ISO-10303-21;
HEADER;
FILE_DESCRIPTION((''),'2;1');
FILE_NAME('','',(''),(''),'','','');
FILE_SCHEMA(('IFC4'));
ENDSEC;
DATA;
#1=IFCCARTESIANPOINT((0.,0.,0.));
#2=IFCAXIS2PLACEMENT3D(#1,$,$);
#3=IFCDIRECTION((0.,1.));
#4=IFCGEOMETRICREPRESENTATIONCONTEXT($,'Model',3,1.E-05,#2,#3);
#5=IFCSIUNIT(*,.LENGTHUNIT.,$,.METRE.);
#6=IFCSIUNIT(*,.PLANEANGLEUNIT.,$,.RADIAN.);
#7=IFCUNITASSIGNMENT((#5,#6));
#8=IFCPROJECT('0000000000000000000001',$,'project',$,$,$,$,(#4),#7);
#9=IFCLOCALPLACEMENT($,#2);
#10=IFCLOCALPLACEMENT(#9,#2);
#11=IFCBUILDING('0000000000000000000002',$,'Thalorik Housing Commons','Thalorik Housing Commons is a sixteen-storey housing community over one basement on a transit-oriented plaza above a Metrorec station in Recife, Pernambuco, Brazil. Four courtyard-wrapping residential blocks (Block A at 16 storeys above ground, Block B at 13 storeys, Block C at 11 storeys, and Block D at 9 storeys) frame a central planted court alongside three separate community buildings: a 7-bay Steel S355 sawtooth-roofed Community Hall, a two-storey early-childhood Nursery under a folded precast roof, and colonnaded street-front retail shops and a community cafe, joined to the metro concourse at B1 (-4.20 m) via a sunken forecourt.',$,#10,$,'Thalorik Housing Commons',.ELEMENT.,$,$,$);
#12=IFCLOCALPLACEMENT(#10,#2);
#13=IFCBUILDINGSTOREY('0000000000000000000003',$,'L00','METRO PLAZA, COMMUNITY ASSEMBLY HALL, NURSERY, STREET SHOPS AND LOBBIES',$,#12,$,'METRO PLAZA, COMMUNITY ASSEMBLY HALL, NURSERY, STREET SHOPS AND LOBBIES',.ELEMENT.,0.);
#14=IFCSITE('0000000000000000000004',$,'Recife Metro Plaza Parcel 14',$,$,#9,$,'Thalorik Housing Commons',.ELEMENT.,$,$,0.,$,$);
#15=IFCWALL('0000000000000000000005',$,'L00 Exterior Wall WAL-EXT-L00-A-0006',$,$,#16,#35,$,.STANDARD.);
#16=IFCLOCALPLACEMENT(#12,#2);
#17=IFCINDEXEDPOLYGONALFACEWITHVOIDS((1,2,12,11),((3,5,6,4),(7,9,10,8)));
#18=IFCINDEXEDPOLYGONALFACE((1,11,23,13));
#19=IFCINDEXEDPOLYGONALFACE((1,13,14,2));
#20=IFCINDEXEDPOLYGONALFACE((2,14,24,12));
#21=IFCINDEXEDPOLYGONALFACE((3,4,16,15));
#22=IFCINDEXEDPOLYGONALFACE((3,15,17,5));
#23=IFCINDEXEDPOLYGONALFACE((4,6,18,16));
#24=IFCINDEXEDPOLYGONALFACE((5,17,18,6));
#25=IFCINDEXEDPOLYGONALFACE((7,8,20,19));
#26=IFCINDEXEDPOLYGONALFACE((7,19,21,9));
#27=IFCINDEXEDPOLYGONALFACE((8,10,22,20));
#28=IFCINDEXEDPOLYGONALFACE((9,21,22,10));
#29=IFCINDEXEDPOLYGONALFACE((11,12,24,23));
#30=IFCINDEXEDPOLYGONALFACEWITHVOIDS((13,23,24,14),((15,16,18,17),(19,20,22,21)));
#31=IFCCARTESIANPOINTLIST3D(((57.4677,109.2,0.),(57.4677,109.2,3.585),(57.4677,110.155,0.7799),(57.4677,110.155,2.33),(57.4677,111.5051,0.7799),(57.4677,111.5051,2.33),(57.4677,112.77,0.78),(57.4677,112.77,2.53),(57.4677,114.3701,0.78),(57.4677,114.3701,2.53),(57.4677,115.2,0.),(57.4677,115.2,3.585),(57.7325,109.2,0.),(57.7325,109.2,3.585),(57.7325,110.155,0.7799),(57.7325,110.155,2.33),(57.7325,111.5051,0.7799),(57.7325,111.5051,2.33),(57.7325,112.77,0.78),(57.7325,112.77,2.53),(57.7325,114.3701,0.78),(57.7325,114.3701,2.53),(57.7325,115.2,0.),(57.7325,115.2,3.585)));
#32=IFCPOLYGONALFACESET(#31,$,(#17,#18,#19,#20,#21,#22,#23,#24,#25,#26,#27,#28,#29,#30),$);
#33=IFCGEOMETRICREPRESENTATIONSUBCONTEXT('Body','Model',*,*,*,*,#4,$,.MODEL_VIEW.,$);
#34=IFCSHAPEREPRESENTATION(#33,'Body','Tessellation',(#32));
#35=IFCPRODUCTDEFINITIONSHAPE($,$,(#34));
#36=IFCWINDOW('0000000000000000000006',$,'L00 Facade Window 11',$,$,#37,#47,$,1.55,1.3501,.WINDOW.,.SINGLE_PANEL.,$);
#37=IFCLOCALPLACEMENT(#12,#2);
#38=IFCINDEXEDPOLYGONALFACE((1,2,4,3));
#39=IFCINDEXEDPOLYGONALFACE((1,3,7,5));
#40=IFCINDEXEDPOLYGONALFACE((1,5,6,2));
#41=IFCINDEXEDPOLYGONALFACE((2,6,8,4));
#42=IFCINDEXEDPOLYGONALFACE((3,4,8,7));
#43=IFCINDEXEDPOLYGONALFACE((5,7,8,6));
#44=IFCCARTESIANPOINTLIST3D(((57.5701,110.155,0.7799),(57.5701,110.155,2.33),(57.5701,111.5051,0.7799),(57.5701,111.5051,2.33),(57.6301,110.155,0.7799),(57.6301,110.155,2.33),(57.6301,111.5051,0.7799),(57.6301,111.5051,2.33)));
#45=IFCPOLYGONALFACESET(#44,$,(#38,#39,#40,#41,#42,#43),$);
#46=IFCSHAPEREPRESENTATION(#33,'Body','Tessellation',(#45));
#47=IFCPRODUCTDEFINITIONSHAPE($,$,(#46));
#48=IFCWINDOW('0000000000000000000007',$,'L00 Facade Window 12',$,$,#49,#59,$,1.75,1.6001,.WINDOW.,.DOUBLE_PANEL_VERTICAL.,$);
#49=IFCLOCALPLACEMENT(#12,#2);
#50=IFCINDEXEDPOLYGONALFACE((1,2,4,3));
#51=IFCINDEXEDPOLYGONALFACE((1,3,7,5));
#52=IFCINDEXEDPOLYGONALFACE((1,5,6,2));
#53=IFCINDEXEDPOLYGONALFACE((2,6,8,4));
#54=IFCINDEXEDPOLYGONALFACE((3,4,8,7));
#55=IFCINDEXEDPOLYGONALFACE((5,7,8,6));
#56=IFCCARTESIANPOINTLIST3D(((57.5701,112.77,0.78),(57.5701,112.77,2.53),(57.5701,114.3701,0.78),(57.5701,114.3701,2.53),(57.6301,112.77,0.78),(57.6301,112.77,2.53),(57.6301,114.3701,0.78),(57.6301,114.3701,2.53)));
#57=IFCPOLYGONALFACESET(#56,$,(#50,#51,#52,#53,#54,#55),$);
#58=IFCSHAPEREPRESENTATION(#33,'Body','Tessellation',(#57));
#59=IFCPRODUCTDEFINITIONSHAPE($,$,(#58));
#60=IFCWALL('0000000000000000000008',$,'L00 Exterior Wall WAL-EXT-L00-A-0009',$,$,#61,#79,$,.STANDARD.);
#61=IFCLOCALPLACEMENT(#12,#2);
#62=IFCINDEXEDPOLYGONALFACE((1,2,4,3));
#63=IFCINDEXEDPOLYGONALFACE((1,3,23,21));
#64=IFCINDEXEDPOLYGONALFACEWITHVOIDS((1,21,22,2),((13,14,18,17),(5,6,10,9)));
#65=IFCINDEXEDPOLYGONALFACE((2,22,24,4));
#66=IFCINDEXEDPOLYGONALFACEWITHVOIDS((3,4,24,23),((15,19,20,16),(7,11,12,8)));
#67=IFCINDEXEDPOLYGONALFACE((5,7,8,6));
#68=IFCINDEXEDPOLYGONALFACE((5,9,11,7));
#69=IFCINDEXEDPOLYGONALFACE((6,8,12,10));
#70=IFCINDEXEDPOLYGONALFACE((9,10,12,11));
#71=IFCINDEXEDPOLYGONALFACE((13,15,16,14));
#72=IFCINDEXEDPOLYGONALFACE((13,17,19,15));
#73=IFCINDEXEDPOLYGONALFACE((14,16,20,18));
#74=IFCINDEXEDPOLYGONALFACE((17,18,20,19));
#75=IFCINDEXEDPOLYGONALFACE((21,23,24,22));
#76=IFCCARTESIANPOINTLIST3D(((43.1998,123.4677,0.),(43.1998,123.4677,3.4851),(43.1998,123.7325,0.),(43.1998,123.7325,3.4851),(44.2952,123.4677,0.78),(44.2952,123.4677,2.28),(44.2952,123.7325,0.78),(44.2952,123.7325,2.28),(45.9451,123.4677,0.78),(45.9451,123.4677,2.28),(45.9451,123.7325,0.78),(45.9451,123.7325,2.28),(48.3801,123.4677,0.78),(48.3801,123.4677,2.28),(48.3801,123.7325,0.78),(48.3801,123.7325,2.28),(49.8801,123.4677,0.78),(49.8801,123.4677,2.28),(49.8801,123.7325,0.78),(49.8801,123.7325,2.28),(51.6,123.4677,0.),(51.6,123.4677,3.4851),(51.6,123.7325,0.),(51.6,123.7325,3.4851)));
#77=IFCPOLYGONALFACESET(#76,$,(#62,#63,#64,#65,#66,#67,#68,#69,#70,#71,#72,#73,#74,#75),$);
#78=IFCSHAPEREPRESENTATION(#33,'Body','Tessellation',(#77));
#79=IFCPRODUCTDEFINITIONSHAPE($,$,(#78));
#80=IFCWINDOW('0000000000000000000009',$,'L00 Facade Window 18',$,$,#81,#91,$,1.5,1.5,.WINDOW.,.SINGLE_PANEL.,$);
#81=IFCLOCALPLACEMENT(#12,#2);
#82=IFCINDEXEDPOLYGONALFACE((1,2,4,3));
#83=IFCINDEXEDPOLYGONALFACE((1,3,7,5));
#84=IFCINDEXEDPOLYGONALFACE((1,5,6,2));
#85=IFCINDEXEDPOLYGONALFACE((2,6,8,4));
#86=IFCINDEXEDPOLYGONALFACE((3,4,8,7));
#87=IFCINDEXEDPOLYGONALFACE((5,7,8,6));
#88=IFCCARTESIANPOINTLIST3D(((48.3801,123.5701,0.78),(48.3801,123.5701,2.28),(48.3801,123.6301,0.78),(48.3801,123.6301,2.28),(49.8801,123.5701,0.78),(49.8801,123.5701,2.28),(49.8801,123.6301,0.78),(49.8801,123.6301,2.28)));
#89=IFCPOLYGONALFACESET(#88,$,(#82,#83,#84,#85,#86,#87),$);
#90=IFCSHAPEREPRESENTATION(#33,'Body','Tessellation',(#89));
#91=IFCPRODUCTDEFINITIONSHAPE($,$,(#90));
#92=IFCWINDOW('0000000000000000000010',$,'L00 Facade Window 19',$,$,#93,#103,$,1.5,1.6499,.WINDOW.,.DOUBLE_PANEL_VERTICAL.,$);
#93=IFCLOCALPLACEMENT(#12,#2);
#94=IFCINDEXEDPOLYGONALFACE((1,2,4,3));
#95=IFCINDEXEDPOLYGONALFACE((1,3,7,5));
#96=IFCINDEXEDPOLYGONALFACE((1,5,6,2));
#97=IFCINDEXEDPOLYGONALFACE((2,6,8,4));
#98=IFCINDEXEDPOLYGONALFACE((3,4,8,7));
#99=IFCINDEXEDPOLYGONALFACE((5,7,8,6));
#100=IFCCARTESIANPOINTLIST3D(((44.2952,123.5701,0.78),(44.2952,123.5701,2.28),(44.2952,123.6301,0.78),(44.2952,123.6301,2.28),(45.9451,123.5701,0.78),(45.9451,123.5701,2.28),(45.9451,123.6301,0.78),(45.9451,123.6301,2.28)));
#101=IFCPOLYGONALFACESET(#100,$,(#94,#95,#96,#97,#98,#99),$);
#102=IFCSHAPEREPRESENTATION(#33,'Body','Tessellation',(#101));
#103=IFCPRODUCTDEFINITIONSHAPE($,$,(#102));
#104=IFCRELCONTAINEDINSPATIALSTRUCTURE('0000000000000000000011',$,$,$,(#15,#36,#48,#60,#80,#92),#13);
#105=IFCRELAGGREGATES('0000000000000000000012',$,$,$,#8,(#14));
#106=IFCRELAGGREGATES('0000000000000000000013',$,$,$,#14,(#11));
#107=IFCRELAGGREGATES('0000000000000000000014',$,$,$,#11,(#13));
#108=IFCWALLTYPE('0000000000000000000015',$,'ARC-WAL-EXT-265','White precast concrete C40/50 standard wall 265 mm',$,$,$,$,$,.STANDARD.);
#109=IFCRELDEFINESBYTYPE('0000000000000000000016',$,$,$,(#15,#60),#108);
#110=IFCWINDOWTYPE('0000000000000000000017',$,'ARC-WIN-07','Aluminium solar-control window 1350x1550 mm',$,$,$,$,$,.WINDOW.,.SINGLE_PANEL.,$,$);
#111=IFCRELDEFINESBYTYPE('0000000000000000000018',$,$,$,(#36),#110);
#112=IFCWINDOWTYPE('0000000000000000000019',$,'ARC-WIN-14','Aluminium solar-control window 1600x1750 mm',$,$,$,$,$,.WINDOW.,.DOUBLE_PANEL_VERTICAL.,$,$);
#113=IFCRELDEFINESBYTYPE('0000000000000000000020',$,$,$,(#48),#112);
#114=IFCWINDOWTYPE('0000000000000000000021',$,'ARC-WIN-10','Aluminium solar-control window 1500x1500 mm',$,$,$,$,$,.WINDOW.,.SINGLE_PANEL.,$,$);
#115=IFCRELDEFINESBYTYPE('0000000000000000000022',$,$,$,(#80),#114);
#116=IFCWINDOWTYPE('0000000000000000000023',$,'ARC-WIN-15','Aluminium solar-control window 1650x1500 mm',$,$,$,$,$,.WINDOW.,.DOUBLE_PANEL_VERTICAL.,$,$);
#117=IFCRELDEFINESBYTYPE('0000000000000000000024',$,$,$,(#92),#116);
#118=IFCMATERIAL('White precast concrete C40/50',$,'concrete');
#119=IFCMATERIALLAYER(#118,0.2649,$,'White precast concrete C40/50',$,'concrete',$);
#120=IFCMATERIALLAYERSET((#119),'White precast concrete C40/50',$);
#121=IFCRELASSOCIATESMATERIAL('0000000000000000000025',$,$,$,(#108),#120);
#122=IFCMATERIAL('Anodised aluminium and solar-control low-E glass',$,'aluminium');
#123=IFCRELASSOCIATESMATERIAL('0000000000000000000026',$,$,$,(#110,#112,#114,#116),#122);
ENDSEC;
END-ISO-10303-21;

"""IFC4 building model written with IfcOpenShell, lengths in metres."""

from ifc_helpers import new_model, si_unit, direction, frame, frame_2d, origin, place, context, subcontext, project, spatial, rectangle, extrude, material, layer, layer_set, type_object, element, fill, save


model = new_model("IFC4")

# Units and contexts
model_context = context("Model", 3, precision=1e-05, world=origin(), true_north=direction((0.0, 1.0)))
body_context = subcontext(model_context, "Body", "Model", "MODEL_VIEW")
ifc_project = project(units=[si_unit("LENGTHUNIT", "METRE"), si_unit("PLANEANGLEUNIT", "RADIAN")], contexts=[model_context])

# Site, building, storey
site_placement = place(None, origin())
site = spatial("IfcSite", under=ifc_project, at=site_placement, Name="Recife Metro Plaza Parcel 14", LongName="Thalorik Housing Commons", CompositionType="ELEMENT", RefElevation=0.0)
building_placement = place(site_placement, origin())
building = spatial("IfcBuilding", under=site, at=building_placement, Name="Thalorik Housing Commons", Description="Thalorik Housing Commons is a sixteen-storey housing community over one basement on a transit-oriented plaza above a Metrorec station in Recife, Pernambuco, Brazil. Four courtyard-wrapping residential blocks (Block A at 16 storeys above ground, Block B at 13 storeys, Block C at 11 storeys, and Block D at 9 storeys) frame a central planted court alongside three separate community buildings: a 7-bay Steel S355 sawtooth-roofed Community Hall, a two-storey early-childhood Nursery under a folded precast roof, and colonnaded street-front retail shops and a community cafe, joined to the metro concourse at B1 (-4.20 m) via a sunken forecourt.", LongName="Thalorik Housing Commons", CompositionType="ELEMENT")
storey_placement = place(building_placement, origin())
storey = spatial("IfcBuildingStorey", under=building, at=storey_placement, Name="L00", Description="METRO PLAZA, COMMUNITY ASSEMBLY HALL, NURSERY, STREET SHOPS AND LOBBIES", LongName="METRO PLAZA, COMMUNITY ASSEMBLY HALL, NURSERY, STREET SHOPS AND LOBBIES", CompositionType="ELEMENT", Elevation=0.0)

# Shared definitions
ifc_material_1 = material(Name="White precast concrete C40/50", Category="concrete")

# Walls, openings, windows
ifc_layer_1 = layer(ifc_material_1, 0.2649, Name="White precast concrete C40/50", Category="concrete")
ifc_layer_set_1 = layer_set([ifc_layer_1], Name="White precast concrete C40/50")
wall_type_1 = type_object("IfcWallType", Name="ARC-WAL-EXT-265", Description="White precast concrete C40/50 standard wall 265 mm", PredefinedType="STANDARD", material=ifc_layer_set_1)
ifc_material_2 = material(Name="Anodised aluminium and solar-control low-E glass", Category="aluminium")
wall_1_placement = place(storey_placement, frame((57.6001, 109.2, 0.0), z_axis=(0.0, 0.0, 1.0), x_axis=(0.0, 1.0, 0.0)))
wall_1 = element("IfcWall", 1, at=wall_1_placement, inside=storey, type_object=wall_type_1, Name="L00 Exterior Wall WAL-EXT-L00-A-0006", PredefinedType="STANDARD", context=body_context, shape_type="SweptSolid", body=[
    extrude(rectangle(XDim=6.0, YDim=0.2649, at=frame_2d((3.0, 0.0))), origin(), (0.0, 0.0, 1.0), 3.585),
])
opening_1_placement = place(wall_1_placement, frame((0.9551, 0.0, 0.78)))
opening_1 = element("IfcOpeningElement", 2, at=opening_1_placement, cuts=wall_1, PredefinedType="OPENING", context=body_context, shape_type="SweptSolid", body=[
    extrude(rectangle(XDim=1.3501, YDim=1.55, at=frame_2d((0.675, 0.7749))), frame((0.0, 0.1426, 0.0), z_axis=(0.0, -1.0, 0.0), x_axis=(1.0, 0.0, 0.0)), (0.0, 0.0, 1.0), 0.2849),
])
opening_2_placement = place(wall_1_placement, frame((3.5701, 0.0, 0.78)))
opening_2 = element("IfcOpeningElement", 3, at=opening_2_placement, cuts=wall_1, PredefinedType="OPENING", context=body_context, shape_type="SweptSolid", body=[
    extrude(rectangle(XDim=1.6001, YDim=1.75, at=frame_2d((0.8, 0.875))), frame((0.0, 0.1426, 0.0), z_axis=(0.0, -1.0, 0.0), x_axis=(1.0, 0.0, 0.0)), (0.0, 0.0, 1.0), 0.2849),
])
window_type_1 = type_object("IfcWindowType", Name="ARC-WIN-07", Description="Aluminium solar-control window 1350x1550 mm", PartitioningType="SINGLE_PANEL", PredefinedType="WINDOW", material=ifc_material_2)
window_1_placement = place(opening_1_placement, origin())
window_1 = element("IfcWindow", 4, at=window_1_placement, inside=storey, type_object=window_type_1, Name="L00 Facade Window 11", OverallHeight=1.55, OverallWidth=1.3501, PartitioningType="SINGLE_PANEL", PredefinedType="WINDOW", context=body_context, shape_type="SweptSolid", body=[
    extrude(rectangle(XDim=1.3501, YDim=1.55, at=frame_2d((0.675, 0.7749))), frame((0.0, 0.03, 0.0), z_axis=(0.0, -1.0, 0.0), x_axis=(1.0, 0.0, 0.0)), (0.0, 0.0, 1.0), 0.0601),
])
fill(opening_1, window_1)
window_type_2 = type_object("IfcWindowType", Name="ARC-WIN-14", Description="Aluminium solar-control window 1600x1750 mm", PartitioningType="DOUBLE_PANEL_VERTICAL", PredefinedType="WINDOW", material=ifc_material_2)
window_2_placement = place(opening_2_placement, origin())
window_2 = element("IfcWindow", 5, at=window_2_placement, inside=storey, type_object=window_type_2, Name="L00 Facade Window 12", OverallHeight=1.75, OverallWidth=1.6001, PartitioningType="DOUBLE_PANEL_VERTICAL", PredefinedType="WINDOW", context=body_context, shape_type="SweptSolid", body=[
    extrude(rectangle(XDim=1.6001, YDim=1.75, at=frame_2d((0.8, 0.875))), frame((0.0, 0.03, 0.0), z_axis=(0.0, -1.0, 0.0), x_axis=(1.0, 0.0, 0.0)), (0.0, 0.0, 1.0), 0.0601),
])
fill(opening_2, window_2)
wall_2_placement = place(storey_placement, frame((51.6001, 123.6001, 0.0), z_axis=(0.0, 0.0, 1.0), x_axis=(-1.0, 0.0, 0.0)))
wall_2 = element("IfcWall", 6, at=wall_2_placement, inside=storey, type_object=wall_type_1, Name="L00 Exterior Wall WAL-EXT-L00-A-0009", PredefinedType="STANDARD", context=body_context, shape_type="SweptSolid", body=[
    extrude(rectangle(XDim=8.4001, YDim=0.2649, at=frame_2d((4.2002, 0.0))), origin(), (0.0, 0.0, 1.0), 3.4851),
])
opening_3_placement = place(wall_2_placement, frame((1.72, 0.0, 0.78)))
opening_3 = element("IfcOpeningElement", 7, at=opening_3_placement, cuts=wall_2, PredefinedType="OPENING", context=body_context, shape_type="SweptSolid", body=[
    extrude(rectangle(XDim=1.5, YDim=1.5, at=frame_2d((0.75, 0.75))), frame((0.0, 0.1426, 0.0), z_axis=(0.0, -1.0, 0.0), x_axis=(1.0, 0.0, 0.0)), (0.0, 0.0, 1.0), 0.2849),
])
opening_4_placement = place(wall_2_placement, frame((5.655, 0.0, 0.78)))
opening_4 = element("IfcOpeningElement", 8, at=opening_4_placement, cuts=wall_2, PredefinedType="OPENING", context=body_context, shape_type="SweptSolid", body=[
    extrude(rectangle(XDim=1.6499, YDim=1.5, at=frame_2d((0.825, 0.75))), frame((0.0, 0.1426, 0.0), z_axis=(0.0, -1.0, 0.0), x_axis=(1.0, 0.0, 0.0)), (0.0, 0.0, 1.0), 0.2849),
])
window_type_3 = type_object("IfcWindowType", Name="ARC-WIN-10", Description="Aluminium solar-control window 1500x1500 mm", PartitioningType="SINGLE_PANEL", PredefinedType="WINDOW", material=ifc_material_2)
window_3_placement = place(opening_3_placement, origin())
window_3 = element("IfcWindow", 9, at=window_3_placement, inside=storey, type_object=window_type_3, Name="L00 Facade Window 18", OverallHeight=1.5, OverallWidth=1.5, PartitioningType="SINGLE_PANEL", PredefinedType="WINDOW", context=body_context, shape_type="SweptSolid", body=[
    extrude(rectangle(XDim=1.5, YDim=1.5, at=frame_2d((0.75, 0.75))), frame((0.0, 0.03, 0.0), z_axis=(0.0, -1.0, 0.0), x_axis=(1.0, 0.0, 0.0)), (0.0, 0.0, 1.0), 0.0601),
])
fill(opening_3, window_3)
window_type_4 = type_object("IfcWindowType", Name="ARC-WIN-15", Description="Aluminium solar-control window 1650x1500 mm", PartitioningType="DOUBLE_PANEL_VERTICAL", PredefinedType="WINDOW", material=ifc_material_2)
window_4_placement = place(opening_4_placement, origin())
window_4 = element("IfcWindow", 10, at=window_4_placement, inside=storey, type_object=window_type_4, Name="L00 Facade Window 19", OverallHeight=1.5, OverallWidth=1.6499, PartitioningType="DOUBLE_PANEL_VERTICAL", PredefinedType="WINDOW", context=body_context, shape_type="SweptSolid", body=[
    extrude(rectangle(XDim=1.6499, YDim=1.5, at=frame_2d((0.825, 0.75))), frame((0.0, 0.03, 0.0), z_axis=(0.0, -1.0, 0.0), x_axis=(1.0, 0.0, 0.0)), (0.0, 0.0, 1.0), 0.0601),
])
fill(opening_4, window_4)

save(model, "model.ifc")
